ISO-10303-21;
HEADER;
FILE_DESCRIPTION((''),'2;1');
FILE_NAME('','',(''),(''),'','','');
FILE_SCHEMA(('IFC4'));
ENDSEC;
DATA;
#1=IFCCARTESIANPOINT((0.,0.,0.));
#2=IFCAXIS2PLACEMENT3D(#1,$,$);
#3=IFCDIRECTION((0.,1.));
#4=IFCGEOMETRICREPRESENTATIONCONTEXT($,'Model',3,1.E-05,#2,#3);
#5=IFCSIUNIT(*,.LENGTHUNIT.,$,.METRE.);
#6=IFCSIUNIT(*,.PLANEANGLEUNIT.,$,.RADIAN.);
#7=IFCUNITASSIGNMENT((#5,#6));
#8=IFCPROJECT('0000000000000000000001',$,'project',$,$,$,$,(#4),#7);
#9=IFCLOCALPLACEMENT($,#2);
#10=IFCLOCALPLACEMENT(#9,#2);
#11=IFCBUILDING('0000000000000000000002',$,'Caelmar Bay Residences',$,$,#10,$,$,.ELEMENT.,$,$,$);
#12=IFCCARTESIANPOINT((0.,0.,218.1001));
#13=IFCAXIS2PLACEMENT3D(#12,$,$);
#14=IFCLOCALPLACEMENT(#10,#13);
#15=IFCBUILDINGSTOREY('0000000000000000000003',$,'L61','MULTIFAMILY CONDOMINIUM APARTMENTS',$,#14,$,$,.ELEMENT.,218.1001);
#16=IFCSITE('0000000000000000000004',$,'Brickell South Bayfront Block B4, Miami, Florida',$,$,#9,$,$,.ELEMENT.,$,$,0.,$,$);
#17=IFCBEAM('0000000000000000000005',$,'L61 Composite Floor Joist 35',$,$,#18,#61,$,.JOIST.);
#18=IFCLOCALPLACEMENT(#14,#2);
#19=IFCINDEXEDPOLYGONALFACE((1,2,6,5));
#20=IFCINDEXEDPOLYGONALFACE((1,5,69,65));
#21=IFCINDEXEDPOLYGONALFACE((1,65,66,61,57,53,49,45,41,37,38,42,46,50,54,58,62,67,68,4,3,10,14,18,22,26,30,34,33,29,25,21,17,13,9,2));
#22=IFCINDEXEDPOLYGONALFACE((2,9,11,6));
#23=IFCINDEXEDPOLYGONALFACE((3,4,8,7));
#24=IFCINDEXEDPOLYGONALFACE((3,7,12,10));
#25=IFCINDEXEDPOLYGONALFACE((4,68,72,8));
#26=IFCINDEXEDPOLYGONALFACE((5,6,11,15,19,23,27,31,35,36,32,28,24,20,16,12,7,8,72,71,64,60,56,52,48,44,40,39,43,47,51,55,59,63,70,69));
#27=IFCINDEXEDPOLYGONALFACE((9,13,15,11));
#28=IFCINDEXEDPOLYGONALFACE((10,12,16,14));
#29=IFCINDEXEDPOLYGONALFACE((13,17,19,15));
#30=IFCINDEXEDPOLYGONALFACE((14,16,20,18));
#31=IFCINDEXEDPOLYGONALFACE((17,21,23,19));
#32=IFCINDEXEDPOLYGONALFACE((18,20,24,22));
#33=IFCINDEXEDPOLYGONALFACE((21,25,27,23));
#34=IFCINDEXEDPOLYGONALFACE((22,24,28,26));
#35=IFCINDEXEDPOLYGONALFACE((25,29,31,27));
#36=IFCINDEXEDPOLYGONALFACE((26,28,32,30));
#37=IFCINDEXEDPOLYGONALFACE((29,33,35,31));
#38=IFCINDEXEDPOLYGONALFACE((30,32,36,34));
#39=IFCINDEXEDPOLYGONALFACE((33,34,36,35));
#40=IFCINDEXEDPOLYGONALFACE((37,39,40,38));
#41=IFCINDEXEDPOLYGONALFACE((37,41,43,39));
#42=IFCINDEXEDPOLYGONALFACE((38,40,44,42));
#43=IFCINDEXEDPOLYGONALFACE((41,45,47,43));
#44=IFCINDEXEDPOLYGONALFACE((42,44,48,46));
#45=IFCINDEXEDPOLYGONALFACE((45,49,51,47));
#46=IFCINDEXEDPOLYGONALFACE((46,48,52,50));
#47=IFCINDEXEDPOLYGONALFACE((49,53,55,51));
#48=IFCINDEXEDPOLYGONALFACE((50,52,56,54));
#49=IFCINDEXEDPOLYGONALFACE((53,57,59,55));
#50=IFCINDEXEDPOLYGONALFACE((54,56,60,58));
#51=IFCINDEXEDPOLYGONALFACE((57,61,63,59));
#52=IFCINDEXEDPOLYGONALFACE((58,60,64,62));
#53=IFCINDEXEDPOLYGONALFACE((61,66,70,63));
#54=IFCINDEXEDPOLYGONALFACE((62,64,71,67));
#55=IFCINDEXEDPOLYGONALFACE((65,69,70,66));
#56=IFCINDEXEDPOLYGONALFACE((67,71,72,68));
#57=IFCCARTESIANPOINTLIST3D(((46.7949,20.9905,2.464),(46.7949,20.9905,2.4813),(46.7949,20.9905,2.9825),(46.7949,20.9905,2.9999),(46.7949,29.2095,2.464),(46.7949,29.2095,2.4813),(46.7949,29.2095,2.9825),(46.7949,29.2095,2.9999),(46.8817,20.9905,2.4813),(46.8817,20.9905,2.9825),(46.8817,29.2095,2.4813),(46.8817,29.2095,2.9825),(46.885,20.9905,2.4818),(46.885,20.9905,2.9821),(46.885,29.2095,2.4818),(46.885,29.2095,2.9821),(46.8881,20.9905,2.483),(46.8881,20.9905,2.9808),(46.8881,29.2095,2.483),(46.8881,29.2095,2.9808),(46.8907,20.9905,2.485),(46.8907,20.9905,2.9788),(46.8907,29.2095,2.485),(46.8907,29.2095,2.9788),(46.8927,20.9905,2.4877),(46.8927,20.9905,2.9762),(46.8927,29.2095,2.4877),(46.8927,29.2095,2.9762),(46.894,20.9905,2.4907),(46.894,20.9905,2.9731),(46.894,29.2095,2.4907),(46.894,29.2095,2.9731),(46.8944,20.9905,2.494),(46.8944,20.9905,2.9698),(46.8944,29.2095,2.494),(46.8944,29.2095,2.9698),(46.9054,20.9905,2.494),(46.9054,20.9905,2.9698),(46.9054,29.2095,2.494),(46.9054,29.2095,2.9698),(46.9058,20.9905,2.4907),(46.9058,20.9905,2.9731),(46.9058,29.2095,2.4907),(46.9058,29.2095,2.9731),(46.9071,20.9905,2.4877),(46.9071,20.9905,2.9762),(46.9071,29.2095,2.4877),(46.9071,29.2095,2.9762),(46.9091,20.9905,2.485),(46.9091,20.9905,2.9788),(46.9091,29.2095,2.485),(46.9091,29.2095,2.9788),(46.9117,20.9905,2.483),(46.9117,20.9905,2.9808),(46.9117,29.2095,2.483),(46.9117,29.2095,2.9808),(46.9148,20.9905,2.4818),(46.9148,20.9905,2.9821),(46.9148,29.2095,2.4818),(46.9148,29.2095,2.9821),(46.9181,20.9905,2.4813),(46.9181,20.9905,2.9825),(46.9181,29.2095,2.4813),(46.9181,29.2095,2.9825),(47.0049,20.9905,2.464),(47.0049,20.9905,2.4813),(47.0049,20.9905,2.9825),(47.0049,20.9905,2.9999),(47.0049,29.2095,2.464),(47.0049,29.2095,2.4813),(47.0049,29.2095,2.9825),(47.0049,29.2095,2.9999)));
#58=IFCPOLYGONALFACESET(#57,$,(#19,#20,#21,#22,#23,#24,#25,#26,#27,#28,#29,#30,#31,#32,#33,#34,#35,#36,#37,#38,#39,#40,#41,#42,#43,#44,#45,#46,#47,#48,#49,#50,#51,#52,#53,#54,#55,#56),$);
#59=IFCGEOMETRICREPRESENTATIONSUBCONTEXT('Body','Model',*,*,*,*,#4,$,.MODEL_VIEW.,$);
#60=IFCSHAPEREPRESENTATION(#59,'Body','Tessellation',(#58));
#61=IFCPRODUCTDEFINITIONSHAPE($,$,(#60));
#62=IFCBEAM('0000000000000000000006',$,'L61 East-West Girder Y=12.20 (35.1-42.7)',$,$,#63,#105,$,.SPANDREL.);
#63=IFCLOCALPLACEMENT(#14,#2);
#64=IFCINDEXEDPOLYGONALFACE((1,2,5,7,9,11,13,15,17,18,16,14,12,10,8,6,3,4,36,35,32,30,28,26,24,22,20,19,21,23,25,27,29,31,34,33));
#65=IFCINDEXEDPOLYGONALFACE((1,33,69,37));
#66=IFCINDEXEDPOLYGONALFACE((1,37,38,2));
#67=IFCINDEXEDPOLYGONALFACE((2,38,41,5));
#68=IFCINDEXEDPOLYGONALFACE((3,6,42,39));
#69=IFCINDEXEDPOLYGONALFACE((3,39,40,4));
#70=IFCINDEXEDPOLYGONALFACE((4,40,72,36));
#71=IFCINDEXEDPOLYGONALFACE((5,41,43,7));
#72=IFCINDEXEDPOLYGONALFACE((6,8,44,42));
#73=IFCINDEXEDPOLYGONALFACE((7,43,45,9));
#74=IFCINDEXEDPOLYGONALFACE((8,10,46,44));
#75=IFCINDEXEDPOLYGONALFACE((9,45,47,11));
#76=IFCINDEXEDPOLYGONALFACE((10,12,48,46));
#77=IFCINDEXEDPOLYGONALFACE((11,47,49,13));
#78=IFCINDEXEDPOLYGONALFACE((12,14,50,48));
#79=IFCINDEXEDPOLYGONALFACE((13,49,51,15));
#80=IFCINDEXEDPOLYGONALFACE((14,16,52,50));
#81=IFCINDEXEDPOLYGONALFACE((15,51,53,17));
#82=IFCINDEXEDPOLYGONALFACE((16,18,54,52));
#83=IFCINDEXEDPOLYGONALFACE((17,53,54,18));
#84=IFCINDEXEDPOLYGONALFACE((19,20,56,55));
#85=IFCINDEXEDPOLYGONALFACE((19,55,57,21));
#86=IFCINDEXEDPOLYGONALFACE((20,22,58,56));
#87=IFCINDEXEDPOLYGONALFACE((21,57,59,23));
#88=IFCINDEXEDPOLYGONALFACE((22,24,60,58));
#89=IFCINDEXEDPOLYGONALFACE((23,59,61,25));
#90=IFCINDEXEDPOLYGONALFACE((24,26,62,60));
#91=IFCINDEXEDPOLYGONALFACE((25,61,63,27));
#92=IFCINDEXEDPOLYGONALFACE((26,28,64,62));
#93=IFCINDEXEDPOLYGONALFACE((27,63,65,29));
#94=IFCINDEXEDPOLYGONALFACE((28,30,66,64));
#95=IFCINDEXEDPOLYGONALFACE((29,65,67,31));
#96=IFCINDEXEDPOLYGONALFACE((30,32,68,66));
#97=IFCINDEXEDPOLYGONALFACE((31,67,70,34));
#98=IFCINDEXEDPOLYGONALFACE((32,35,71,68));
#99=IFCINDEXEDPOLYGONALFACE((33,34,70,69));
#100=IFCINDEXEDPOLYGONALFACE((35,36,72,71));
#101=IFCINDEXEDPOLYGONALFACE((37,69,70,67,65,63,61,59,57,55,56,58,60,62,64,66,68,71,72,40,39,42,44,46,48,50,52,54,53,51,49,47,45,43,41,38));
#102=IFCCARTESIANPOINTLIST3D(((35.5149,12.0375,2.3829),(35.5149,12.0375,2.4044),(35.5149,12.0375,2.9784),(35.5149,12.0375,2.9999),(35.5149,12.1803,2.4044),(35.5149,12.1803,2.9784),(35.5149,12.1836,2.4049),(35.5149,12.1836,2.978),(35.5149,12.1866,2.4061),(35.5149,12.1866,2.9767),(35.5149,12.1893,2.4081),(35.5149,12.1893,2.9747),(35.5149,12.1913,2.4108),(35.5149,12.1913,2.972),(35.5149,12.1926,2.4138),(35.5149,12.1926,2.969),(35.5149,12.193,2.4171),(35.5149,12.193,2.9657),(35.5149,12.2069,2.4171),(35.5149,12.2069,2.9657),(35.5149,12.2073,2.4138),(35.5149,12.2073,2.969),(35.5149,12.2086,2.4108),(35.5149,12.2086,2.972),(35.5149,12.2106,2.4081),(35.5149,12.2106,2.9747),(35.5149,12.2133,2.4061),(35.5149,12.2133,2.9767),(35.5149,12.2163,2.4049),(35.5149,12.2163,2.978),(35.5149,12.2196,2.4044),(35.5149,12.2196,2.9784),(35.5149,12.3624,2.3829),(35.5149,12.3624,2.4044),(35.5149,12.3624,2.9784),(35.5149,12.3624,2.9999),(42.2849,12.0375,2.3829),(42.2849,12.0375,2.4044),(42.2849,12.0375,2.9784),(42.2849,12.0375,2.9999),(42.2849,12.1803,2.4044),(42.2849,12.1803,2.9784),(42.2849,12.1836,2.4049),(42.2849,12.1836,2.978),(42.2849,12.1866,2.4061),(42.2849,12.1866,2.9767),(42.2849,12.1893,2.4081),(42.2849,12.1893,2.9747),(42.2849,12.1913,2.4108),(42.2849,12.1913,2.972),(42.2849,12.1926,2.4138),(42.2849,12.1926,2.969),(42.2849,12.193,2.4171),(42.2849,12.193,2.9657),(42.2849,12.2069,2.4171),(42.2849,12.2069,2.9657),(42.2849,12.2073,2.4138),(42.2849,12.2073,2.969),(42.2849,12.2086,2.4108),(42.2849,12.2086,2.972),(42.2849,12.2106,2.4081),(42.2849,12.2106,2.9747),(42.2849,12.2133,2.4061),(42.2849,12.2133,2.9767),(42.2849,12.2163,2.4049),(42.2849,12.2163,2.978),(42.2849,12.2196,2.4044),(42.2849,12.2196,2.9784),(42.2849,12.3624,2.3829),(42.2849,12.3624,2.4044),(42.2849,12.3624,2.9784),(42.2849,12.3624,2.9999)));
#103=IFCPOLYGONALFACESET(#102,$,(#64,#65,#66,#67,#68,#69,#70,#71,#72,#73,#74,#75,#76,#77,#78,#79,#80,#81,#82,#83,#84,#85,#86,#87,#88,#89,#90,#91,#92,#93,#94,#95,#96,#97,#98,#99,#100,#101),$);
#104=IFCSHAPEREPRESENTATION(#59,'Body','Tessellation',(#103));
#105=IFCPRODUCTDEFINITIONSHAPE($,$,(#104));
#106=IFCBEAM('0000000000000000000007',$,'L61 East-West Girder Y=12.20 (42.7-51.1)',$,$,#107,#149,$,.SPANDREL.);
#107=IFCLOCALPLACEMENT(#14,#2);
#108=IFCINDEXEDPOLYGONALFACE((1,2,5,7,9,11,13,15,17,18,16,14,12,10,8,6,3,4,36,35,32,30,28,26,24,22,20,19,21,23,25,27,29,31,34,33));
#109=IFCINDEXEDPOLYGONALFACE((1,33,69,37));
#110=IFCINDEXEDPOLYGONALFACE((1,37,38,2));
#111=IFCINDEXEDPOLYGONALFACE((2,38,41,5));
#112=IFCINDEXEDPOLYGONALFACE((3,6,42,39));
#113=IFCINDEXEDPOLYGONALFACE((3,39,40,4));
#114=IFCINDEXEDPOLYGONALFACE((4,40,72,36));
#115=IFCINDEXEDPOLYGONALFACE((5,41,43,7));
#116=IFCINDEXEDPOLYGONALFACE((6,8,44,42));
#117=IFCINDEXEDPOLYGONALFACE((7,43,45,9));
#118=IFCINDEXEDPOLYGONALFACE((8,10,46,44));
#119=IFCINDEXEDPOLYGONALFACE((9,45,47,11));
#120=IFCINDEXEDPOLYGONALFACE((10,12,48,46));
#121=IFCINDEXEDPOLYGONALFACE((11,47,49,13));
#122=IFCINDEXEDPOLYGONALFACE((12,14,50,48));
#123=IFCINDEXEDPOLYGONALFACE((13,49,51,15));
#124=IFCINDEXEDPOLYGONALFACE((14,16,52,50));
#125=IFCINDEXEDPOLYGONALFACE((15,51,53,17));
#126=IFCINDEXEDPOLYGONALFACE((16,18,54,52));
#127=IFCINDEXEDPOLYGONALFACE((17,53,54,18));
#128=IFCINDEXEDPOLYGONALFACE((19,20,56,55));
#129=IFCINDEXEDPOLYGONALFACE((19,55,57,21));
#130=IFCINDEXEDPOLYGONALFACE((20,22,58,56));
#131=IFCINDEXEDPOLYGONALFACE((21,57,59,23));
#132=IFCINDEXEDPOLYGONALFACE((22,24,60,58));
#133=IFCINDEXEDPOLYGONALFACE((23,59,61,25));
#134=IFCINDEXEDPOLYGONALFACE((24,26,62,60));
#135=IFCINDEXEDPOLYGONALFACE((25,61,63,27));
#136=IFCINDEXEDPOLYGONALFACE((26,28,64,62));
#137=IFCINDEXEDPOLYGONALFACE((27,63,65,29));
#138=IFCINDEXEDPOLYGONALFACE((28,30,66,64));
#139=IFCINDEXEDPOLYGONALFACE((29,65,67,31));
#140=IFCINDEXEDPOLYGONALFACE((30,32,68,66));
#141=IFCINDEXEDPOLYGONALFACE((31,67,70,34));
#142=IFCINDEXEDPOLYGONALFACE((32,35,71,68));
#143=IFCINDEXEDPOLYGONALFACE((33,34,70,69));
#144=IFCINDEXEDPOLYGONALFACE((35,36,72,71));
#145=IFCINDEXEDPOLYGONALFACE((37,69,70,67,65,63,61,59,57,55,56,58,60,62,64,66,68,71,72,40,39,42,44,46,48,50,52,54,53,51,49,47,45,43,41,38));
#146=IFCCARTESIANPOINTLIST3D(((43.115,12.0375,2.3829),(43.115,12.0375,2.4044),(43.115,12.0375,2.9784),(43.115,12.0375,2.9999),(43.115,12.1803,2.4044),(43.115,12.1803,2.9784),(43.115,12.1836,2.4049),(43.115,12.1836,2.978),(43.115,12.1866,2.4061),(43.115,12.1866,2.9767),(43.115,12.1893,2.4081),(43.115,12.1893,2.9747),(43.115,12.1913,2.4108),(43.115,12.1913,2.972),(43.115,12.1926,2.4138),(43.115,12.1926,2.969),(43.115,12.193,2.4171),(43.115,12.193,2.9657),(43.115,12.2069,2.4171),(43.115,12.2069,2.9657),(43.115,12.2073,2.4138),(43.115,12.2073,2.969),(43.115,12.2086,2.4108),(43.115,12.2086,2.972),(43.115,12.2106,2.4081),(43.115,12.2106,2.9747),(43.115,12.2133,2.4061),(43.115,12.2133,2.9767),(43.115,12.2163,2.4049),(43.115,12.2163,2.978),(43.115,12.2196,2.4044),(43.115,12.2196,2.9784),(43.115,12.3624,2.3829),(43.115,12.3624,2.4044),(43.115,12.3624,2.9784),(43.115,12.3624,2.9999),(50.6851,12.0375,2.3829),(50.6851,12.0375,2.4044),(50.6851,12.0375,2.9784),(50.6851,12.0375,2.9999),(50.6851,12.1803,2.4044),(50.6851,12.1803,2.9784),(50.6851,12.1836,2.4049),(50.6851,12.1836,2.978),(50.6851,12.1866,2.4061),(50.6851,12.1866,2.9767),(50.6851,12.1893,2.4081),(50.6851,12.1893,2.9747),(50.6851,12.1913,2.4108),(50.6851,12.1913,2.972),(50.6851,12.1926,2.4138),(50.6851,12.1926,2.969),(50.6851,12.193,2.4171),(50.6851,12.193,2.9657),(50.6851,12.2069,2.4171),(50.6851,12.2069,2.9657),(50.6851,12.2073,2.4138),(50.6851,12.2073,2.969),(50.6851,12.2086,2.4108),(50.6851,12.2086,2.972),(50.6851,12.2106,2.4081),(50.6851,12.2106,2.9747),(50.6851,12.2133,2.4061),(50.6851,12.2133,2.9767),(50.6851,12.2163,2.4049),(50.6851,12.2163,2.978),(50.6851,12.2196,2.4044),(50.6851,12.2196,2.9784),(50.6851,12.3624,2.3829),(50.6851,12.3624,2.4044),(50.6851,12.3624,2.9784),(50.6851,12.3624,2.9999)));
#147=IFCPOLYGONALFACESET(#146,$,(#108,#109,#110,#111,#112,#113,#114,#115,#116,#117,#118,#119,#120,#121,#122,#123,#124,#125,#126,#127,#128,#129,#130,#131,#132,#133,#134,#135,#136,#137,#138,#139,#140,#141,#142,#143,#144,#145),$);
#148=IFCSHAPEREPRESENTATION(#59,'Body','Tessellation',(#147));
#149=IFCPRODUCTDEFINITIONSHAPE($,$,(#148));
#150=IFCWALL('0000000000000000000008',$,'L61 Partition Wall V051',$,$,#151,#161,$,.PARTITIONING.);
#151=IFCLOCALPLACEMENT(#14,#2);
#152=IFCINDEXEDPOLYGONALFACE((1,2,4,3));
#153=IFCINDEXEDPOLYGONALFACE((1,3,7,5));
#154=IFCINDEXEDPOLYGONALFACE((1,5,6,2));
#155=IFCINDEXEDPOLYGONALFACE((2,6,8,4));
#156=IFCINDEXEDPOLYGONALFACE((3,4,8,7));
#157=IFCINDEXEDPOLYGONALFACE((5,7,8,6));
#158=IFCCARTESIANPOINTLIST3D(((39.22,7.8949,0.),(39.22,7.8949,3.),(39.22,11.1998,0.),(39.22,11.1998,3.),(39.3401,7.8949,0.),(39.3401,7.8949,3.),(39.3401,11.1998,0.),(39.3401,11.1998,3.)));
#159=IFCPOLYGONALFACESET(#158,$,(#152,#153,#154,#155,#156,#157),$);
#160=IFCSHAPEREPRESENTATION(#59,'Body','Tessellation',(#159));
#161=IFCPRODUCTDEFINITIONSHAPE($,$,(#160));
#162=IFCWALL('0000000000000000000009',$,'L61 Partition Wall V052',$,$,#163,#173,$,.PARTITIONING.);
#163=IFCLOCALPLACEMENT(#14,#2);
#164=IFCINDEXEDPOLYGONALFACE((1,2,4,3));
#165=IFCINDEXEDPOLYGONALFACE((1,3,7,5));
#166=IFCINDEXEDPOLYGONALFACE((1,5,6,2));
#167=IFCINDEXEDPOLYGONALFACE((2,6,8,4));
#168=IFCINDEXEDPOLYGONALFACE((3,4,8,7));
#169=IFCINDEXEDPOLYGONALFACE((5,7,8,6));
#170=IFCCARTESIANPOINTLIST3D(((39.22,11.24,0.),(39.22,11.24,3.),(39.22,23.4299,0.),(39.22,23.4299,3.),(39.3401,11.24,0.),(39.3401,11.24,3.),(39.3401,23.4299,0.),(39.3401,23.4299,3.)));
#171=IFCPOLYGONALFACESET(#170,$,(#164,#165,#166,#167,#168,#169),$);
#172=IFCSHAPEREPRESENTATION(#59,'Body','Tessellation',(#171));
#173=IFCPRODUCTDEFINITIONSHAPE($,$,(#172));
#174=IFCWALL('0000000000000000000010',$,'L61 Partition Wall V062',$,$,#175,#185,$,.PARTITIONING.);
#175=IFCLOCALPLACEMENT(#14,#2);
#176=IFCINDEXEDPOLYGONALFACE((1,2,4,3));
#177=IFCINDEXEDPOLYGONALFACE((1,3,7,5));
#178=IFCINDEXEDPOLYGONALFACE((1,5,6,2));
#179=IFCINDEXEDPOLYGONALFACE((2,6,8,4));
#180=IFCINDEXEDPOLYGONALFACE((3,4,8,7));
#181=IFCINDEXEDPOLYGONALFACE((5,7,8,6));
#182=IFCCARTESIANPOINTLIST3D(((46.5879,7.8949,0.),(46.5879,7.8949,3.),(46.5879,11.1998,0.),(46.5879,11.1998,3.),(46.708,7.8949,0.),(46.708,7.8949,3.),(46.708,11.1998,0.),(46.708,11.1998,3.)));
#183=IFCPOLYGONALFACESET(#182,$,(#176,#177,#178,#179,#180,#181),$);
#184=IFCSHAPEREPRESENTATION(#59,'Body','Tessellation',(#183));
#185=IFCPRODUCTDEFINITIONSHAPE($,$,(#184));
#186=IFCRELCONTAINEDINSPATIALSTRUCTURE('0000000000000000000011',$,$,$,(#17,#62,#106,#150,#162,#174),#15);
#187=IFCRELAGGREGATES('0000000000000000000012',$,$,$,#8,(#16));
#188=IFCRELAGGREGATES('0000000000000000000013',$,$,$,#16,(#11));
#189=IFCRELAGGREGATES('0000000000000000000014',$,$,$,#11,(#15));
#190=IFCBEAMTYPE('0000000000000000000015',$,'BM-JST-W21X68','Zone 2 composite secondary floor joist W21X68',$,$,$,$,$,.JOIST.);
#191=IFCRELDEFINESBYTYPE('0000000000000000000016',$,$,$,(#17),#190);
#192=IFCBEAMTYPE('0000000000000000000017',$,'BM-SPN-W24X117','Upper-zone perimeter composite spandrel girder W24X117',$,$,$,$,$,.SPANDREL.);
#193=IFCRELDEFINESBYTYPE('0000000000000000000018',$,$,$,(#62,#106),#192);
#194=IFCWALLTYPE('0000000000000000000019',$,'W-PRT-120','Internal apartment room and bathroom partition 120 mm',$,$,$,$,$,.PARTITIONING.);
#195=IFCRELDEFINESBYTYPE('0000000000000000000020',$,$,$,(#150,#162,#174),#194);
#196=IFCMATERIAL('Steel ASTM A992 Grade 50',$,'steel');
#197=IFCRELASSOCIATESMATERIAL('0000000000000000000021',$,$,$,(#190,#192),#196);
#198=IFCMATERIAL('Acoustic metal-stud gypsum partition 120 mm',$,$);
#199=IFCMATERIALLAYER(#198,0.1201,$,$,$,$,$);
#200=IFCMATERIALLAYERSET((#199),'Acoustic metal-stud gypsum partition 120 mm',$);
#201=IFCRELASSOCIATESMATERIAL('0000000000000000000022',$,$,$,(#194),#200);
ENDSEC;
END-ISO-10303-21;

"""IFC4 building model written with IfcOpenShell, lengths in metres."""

from ifc_helpers import new_model, si_unit, direction, frame, frame_2d, origin, origin_2d, place, context, subcontext, project, spatial, rectangle, i_section, extrude, material, layer, layer_set, material_profile, profile_set, type_object, element, save


model = new_model("IFC4")

# Units and contexts
model_context = context("Model", 3, precision=1e-05, world=origin(), true_north=direction((0.0, 1.0)))
body_context = subcontext(model_context, "Body", "Model", "MODEL_VIEW")
ifc_project = project(units=[si_unit("LENGTHUNIT", "METRE"), si_unit("PLANEANGLEUNIT", "RADIAN")], contexts=[model_context])

# Site, building, storey
site_placement = place(None, origin())
site = spatial("IfcSite", under=ifc_project, at=site_placement, Name="Brickell South Bayfront Block B4, Miami, Florida", CompositionType="ELEMENT", RefElevation=0.0)
building_placement = place(site_placement, origin())
building = spatial("IfcBuilding", under=site, at=building_placement, Name="Caelmar Bay Residences", CompositionType="ELEMENT")
storey_placement = place(building_placement, frame((0.0, 0.0, 218.1001)))
storey = spatial("IfcBuildingStorey", under=building, at=storey_placement, Name="L61", Description="MULTIFAMILY CONDOMINIUM APARTMENTS", CompositionType="ELEMENT", Elevation=218.1001)

# Beams
ifc_material_1 = material(Name="Steel ASTM A992 Grade 50", Category="steel")
ifc_material_profile_1 = material_profile(ifc_material_1, i_section(OverallWidth=0.21, OverallDepth=0.5359, WebThickness=0.011, FlangeThickness=0.0173, FilletRadius=0.0127, at=origin_2d()), Name="W21X68")
ifc_profile_set_1 = profile_set([ifc_material_profile_1], Name="Steel ASTM A992 Grade 50")
beam_type_1 = type_object("IfcBeamType", Name="BM-JST-W21X68", Description="Zone 2 composite secondary floor joist W21X68", PredefinedType="JOIST", material=ifc_profile_set_1)
for number, where, z_axis, x_axis, name in (
    (1, (46.8999, 20.9905, 2.7319), (0.0, 1.0, 0.0), (-1.0, 0.0, 0.0), "L61 Composite Floor Joist 35"),
):
    element("IfcBeam", number, at=place(storey_placement, frame(where, z_axis=z_axis, x_axis=x_axis)), inside=storey, type_object=beam_type_1, Name=name, PredefinedType="JOIST", context=body_context, shape_type="SweptSolid", body=[
        extrude(i_section(OverallWidth=0.21, OverallDepth=0.5359, WebThickness=0.011, FlangeThickness=0.0173, FilletRadius=0.0127, at=origin_2d()), origin(), (0.0, 0.0, 1.0), 8.219),
    ])
ifc_material_profile_2 = material_profile(ifc_material_1, i_section(OverallWidth=0.325, OverallDepth=0.6169, WebThickness=0.0139, FlangeThickness=0.0215, FilletRadius=0.0127, at=origin_2d()), Name="W24X117")
ifc_profile_set_2 = profile_set([ifc_material_profile_2], Name="Steel ASTM A992 Grade 50")
beam_type_2 = type_object("IfcBeamType", Name="BM-SPN-W24X117", Description="Upper-zone perimeter composite spandrel girder W24X117", PredefinedType="SPANDREL", material=ifc_profile_set_2)
beam_1_placement = place(storey_placement, frame((35.5149, 12.2, 2.6914), z_axis=(1.0, 0.0, 0.0), x_axis=(0.0, 1.0, 0.0)))
element("IfcBeam", 2, at=beam_1_placement, inside=storey, type_object=beam_type_2, Name="L61 East-West Girder Y=12.20 (35.1-42.7)", PredefinedType="SPANDREL", context=body_context, shape_type="SweptSolid", body=[
    extrude(i_section(OverallWidth=0.325, OverallDepth=0.6169, WebThickness=0.0139, FlangeThickness=0.0215, FilletRadius=0.0127, at=origin_2d()), origin(), (0.0, 0.0, 1.0), 6.77),
])
beam_2_placement = place(storey_placement, frame((43.115, 12.2, 2.6914), z_axis=(1.0, 0.0, 0.0), x_axis=(0.0, 1.0, 0.0)))
element("IfcBeam", 3, at=beam_2_placement, inside=storey, type_object=beam_type_2, Name="L61 East-West Girder Y=12.20 (42.7-51.1)", PredefinedType="SPANDREL", context=body_context, shape_type="SweptSolid", body=[
    extrude(i_section(OverallWidth=0.325, OverallDepth=0.6169, WebThickness=0.0139, FlangeThickness=0.0215, FilletRadius=0.0127, at=origin_2d()), origin(), (0.0, 0.0, 1.0), 7.5701),
])

# Walls
ifc_material_2 = material(Name="Acoustic metal-stud gypsum partition 120 mm")
ifc_layer_1 = layer(ifc_material_2, 0.1201)
ifc_layer_set_1 = layer_set([ifc_layer_1], Name="Acoustic metal-stud gypsum partition 120 mm")
wall_type_1 = type_object("IfcWallType", Name="W-PRT-120", Description="Internal apartment room and bathroom partition 120 mm", PredefinedType="PARTITIONING", material=ifc_layer_set_1)
wall_1_placement = place(storey_placement, frame((39.28, 7.895, 0.0), z_axis=(0.0, 0.0, 1.0), x_axis=(0.0, 1.0, 0.0)))
element("IfcWall", 4, at=wall_1_placement, inside=storey, type_object=wall_type_1, Name="L61 Partition Wall V051", PredefinedType="PARTITIONING", context=body_context, shape_type="SweptSolid", body=[
    extrude(rectangle(XDim=3.3049, YDim=0.1201, at=frame_2d((1.6523, 0.0))), origin(), (0.0, 0.0, 1.0), 3.0),
])
wall_2_placement = place(storey_placement, frame((39.28, 11.24, 0.0), z_axis=(0.0, 0.0, 1.0), x_axis=(0.0, 1.0, 0.0)))
element("IfcWall", 5, at=wall_2_placement, inside=storey, type_object=wall_type_1, Name="L61 Partition Wall V052", PredefinedType="PARTITIONING", context=body_context, shape_type="SweptSolid", body=[
    extrude(rectangle(XDim=12.1899, YDim=0.1201, at=frame_2d((6.095, 0.0))), origin(), (0.0, 0.0, 1.0), 3.0),
])
wall_3_placement = place(storey_placement, frame((46.6479, 7.895, 0.0), z_axis=(0.0, 0.0, 1.0), x_axis=(0.0, 1.0, 0.0)))
element("IfcWall", 6, at=wall_3_placement, inside=storey, type_object=wall_type_1, Name="L61 Partition Wall V062", PredefinedType="PARTITIONING", context=body_context, shape_type="SweptSolid", body=[
    extrude(rectangle(XDim=3.3049, YDim=0.1201, at=frame_2d((1.6523, 0.0))), origin(), (0.0, 0.0, 1.0), 3.0),
])

save(model, "model.ifc")
